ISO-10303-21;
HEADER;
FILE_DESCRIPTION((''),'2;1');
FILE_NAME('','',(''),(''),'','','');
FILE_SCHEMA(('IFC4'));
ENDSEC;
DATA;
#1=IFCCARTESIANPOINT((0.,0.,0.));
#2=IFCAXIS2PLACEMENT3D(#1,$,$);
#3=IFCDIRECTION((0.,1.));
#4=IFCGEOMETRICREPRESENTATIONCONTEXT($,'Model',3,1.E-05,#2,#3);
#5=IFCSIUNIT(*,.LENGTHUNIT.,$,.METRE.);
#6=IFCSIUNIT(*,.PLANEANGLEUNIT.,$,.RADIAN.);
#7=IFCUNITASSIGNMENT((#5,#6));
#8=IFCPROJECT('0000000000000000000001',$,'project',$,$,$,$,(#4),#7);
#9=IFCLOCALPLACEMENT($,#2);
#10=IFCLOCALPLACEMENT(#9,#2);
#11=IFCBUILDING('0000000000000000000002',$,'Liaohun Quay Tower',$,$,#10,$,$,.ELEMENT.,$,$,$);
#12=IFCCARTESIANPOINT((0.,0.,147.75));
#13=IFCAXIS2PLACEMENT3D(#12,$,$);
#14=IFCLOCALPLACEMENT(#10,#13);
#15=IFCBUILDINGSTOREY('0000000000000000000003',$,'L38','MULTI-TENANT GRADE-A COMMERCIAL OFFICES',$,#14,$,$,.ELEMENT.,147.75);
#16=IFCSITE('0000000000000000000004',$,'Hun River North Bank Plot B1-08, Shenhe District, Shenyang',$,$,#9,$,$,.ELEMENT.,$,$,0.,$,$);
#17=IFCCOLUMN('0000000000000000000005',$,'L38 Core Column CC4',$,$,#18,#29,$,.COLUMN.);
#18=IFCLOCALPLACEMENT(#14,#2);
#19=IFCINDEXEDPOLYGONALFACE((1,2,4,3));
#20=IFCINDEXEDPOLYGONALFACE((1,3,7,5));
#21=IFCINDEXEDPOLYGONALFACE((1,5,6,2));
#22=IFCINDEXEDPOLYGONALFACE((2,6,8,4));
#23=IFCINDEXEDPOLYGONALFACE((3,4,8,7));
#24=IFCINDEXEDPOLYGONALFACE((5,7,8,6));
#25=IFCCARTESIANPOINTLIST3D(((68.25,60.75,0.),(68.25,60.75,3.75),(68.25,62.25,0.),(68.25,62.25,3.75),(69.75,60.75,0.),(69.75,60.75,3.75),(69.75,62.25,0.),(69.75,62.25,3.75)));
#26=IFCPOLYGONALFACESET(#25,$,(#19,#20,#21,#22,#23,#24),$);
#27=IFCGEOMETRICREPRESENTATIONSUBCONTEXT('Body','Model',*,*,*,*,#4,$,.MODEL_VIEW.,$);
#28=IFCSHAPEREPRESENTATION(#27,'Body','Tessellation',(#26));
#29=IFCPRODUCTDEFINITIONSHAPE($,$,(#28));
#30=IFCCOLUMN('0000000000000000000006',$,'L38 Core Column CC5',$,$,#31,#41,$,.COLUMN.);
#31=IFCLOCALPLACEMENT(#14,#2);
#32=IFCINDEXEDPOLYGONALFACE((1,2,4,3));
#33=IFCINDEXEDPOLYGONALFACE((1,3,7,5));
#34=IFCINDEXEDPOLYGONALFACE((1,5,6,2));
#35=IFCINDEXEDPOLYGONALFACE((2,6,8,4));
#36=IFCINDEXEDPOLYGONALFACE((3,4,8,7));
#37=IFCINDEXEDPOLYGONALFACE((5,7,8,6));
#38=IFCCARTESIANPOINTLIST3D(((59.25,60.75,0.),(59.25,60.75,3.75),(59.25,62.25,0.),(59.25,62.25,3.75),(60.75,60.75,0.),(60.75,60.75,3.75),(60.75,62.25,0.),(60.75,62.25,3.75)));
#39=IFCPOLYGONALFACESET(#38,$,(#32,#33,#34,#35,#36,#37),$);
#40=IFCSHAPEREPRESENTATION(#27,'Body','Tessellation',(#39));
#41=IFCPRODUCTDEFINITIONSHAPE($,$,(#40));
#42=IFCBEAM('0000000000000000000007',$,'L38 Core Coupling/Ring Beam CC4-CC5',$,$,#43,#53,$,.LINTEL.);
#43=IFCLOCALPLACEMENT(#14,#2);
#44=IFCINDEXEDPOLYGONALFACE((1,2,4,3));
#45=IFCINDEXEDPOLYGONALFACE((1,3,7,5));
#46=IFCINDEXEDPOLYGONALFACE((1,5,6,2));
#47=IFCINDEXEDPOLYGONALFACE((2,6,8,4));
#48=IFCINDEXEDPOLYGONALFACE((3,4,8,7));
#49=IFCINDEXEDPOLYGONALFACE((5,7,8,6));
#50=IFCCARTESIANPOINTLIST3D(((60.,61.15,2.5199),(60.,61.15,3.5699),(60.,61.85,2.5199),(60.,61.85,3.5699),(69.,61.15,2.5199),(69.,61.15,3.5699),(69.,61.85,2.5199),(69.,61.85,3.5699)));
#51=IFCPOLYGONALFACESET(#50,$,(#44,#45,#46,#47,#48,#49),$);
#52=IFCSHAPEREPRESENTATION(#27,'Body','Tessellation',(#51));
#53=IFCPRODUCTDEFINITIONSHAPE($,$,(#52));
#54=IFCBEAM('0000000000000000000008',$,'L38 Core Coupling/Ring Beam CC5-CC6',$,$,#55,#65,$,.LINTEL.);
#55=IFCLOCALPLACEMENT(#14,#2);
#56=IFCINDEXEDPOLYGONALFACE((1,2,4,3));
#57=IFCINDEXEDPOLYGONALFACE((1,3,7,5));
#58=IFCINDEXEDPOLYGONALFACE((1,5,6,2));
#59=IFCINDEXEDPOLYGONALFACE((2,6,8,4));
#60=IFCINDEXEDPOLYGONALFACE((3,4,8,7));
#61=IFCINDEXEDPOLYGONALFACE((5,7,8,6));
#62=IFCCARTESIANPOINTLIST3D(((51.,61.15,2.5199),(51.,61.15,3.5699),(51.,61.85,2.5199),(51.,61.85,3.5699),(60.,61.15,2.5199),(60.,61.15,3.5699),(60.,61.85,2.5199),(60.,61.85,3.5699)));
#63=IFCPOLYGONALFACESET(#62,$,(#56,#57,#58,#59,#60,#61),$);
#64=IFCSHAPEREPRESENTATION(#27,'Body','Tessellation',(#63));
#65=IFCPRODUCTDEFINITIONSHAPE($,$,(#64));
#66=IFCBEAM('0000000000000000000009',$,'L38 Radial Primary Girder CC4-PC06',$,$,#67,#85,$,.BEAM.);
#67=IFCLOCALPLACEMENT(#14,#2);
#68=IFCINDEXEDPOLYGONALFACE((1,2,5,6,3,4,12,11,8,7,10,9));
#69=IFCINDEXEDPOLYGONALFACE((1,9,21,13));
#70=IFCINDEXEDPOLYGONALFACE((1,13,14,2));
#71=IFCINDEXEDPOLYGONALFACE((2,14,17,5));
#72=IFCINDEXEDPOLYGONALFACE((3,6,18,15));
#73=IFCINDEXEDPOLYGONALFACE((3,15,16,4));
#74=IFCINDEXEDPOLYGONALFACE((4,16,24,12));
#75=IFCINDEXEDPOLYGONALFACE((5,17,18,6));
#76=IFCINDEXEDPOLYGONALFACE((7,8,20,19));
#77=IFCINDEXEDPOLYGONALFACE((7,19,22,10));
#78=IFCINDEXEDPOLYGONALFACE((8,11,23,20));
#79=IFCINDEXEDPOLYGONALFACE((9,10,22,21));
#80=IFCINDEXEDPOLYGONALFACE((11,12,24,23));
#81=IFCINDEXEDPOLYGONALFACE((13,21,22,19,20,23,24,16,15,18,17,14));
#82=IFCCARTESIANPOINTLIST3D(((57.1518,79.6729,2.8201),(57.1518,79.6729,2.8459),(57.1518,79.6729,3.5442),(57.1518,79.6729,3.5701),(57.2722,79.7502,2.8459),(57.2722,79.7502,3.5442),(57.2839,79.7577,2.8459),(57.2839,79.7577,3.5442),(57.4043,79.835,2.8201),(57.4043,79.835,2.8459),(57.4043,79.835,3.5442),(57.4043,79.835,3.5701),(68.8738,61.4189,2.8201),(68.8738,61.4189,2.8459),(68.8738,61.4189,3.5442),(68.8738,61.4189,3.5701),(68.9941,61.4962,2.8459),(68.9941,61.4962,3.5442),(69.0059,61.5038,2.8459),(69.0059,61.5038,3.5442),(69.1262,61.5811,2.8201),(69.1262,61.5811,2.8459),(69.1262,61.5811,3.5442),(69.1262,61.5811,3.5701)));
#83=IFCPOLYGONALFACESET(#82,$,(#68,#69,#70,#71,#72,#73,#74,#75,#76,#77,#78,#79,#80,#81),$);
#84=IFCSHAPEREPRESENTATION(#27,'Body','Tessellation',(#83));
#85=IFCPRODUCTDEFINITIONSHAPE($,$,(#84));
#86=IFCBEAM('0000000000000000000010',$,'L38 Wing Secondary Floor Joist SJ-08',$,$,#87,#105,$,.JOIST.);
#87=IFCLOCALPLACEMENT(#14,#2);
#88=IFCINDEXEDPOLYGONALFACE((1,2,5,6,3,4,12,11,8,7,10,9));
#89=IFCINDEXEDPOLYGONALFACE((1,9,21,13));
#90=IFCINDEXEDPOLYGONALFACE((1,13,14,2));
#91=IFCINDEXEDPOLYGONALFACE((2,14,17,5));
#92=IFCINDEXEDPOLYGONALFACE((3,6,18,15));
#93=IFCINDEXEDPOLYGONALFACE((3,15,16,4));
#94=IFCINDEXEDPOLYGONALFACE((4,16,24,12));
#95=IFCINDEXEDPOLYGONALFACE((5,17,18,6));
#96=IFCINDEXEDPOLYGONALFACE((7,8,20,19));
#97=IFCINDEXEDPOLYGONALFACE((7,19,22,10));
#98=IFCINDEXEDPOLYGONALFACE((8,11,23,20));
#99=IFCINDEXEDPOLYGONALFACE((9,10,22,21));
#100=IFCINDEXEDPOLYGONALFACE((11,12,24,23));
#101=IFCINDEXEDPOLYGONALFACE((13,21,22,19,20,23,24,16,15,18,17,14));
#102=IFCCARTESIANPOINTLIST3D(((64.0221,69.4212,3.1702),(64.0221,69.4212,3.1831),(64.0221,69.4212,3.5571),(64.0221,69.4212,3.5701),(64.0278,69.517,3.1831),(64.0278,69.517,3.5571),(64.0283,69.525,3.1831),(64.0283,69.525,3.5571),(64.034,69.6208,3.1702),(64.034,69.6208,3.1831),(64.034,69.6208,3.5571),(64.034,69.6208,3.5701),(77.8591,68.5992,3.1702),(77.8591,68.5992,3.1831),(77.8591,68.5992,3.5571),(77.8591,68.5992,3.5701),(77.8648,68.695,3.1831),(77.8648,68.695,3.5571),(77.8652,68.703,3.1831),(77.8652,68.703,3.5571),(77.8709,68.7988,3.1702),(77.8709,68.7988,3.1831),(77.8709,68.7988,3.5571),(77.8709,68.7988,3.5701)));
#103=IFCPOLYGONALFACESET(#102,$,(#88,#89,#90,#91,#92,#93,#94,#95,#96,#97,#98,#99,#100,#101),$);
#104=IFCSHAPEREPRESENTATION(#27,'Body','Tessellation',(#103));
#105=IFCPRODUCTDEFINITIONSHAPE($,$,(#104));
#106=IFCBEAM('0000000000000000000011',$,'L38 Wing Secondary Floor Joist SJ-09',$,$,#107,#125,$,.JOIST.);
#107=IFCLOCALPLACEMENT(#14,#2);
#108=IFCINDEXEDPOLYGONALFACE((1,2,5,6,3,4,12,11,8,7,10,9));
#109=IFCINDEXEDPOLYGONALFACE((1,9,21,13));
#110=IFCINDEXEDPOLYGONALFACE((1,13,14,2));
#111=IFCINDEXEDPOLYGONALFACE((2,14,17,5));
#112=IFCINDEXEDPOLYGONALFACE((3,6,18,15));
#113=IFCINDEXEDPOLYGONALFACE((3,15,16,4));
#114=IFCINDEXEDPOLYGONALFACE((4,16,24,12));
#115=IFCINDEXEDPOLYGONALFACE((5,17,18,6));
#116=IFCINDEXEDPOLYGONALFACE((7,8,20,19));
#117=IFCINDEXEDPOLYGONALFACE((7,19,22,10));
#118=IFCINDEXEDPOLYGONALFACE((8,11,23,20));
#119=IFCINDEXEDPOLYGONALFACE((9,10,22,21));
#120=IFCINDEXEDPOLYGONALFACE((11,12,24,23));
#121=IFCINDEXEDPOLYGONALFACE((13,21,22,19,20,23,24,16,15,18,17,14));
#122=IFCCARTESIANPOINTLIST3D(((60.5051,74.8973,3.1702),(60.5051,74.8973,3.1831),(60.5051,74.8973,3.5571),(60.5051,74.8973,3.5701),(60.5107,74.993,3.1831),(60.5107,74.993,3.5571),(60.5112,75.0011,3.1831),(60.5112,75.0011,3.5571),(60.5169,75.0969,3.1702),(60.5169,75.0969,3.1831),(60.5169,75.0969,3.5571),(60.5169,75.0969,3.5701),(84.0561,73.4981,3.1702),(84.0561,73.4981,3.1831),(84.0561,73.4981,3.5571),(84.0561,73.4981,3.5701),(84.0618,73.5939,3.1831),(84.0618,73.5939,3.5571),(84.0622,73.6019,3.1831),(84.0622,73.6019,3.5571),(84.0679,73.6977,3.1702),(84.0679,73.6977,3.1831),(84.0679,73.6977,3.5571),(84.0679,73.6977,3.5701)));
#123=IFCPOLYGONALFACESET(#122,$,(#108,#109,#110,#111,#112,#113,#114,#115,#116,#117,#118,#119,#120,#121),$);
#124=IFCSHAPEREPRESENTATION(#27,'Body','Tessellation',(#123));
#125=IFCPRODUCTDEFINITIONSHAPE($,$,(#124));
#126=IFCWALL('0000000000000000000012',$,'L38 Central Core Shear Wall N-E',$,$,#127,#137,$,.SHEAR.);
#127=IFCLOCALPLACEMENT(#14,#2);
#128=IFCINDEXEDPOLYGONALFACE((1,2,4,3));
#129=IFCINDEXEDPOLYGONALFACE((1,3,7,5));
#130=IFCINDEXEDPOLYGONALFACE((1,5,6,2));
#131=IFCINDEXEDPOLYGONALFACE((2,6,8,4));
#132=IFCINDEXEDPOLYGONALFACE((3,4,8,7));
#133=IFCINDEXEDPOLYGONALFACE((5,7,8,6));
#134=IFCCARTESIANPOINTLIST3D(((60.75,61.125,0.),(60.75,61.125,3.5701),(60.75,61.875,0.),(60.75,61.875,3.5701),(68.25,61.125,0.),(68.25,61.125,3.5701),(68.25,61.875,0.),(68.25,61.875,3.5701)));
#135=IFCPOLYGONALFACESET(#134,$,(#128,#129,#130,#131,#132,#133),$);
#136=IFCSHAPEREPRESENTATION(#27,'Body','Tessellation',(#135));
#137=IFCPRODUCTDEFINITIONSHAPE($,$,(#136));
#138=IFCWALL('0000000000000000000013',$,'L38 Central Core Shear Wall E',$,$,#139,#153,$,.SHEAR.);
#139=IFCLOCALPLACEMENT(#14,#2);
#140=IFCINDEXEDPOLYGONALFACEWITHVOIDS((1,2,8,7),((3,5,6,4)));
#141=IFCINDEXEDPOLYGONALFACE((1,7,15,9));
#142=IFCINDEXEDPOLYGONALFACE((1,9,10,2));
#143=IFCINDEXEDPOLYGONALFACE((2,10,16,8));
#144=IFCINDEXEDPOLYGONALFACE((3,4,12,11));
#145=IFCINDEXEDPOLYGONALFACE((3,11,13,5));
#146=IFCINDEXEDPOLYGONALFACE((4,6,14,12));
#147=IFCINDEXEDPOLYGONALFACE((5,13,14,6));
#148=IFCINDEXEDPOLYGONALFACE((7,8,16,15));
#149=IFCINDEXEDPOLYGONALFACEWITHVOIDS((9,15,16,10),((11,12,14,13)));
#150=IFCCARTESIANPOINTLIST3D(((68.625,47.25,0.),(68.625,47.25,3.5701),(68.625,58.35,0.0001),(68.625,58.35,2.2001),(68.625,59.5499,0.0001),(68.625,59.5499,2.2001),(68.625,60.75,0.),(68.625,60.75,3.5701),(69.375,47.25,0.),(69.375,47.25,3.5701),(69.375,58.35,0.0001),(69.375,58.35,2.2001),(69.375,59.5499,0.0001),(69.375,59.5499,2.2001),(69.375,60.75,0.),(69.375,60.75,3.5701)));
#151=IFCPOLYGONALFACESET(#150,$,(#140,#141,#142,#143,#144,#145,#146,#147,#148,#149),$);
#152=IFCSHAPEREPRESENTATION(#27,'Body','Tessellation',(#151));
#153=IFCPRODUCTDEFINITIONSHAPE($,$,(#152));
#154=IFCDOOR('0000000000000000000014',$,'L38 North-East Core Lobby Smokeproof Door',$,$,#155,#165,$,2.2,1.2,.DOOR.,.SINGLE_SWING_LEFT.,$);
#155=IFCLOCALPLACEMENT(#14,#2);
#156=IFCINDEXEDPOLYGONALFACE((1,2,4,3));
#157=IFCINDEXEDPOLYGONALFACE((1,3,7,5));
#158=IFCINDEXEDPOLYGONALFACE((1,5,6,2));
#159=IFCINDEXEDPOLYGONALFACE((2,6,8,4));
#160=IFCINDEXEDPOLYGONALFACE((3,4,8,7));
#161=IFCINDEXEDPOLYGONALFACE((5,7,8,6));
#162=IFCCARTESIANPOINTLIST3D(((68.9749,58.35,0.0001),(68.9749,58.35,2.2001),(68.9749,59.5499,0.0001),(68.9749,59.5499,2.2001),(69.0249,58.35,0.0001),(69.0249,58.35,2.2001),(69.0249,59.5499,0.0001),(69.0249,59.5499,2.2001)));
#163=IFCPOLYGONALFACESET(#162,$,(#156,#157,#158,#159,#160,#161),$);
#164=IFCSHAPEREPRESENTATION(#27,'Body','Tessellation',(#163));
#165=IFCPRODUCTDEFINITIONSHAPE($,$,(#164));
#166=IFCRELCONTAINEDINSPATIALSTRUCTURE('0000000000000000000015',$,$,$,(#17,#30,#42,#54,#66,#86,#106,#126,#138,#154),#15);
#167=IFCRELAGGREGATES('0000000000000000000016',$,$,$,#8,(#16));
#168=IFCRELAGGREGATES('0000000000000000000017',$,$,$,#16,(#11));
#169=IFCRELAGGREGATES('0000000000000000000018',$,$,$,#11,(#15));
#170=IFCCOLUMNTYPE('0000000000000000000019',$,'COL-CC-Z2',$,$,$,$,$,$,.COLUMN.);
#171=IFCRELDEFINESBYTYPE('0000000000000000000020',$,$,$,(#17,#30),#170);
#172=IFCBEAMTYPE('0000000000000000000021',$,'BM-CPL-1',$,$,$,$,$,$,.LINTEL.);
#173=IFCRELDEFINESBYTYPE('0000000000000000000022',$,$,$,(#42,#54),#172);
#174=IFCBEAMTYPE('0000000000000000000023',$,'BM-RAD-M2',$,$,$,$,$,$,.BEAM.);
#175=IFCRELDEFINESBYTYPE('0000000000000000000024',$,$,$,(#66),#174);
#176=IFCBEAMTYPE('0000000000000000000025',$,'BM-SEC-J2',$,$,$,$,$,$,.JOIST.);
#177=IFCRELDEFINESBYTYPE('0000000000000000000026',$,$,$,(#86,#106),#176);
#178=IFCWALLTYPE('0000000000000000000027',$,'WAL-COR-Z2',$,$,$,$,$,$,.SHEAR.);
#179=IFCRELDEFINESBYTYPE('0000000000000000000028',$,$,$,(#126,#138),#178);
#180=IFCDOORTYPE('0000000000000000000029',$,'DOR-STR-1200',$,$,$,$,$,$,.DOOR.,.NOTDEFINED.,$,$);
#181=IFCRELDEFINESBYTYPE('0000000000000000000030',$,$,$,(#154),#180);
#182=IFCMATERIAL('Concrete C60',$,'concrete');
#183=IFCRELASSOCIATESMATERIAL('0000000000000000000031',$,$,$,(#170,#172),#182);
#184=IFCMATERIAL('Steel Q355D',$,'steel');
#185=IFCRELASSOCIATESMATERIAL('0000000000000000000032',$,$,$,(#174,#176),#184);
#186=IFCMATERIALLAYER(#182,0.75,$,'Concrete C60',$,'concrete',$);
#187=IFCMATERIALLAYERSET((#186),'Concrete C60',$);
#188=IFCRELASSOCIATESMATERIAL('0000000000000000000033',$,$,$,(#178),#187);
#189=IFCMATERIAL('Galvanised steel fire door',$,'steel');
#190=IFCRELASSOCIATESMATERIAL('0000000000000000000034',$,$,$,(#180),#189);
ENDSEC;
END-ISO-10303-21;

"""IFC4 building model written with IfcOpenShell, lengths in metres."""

from ifc_helpers import new_model, si_unit, direction, frame, frame_2d, origin, origin_2d, place, context, subcontext, project, spatial, rectangle, i_section, extrude, source, transform, mapped, material, layer, layer_set, material_profile, profile_set, type_object, element, fill, save


model = new_model("IFC4")

# Units and contexts
model_context = context("Model", 3, precision=1e-05, world=origin(), true_north=direction((0.0, 1.0)))
body_context = subcontext(model_context, "Body", "Model", "MODEL_VIEW")
ifc_project = project(units=[si_unit("LENGTHUNIT", "METRE"), si_unit("PLANEANGLEUNIT", "RADIAN")], contexts=[model_context])

# Site, building, storey
site_placement = place(None, origin())
site = spatial("IfcSite", under=ifc_project, at=site_placement, Name="Hun River North Bank Plot B1-08, Shenhe District, Shenyang", CompositionType="ELEMENT", RefElevation=0.0)
building_placement = place(site_placement, origin())
building = spatial("IfcBuilding", under=site, at=building_placement, Name="Liaohun Quay Tower", CompositionType="ELEMENT")
storey_placement = place(building_placement, frame((0.0, 0.0, 147.75)))
storey = spatial("IfcBuildingStorey", under=building, at=storey_placement, Name="L38", Description="MULTI-TENANT GRADE-A COMMERCIAL OFFICES", CompositionType="ELEMENT", Elevation=147.75)

# Columns
ifc_material_1 = material(Name="Concrete C60", Category="concrete")
ifc_material_profile_1 = material_profile(ifc_material_1, rectangle(XDim=1.5, YDim=1.5, at=origin_2d()), Name="RC1500x1500")
ifc_profile_set_1 = profile_set([ifc_material_profile_1], Name="Concrete C60")
column_type = type_object("IfcColumnType", Name="COL-CC-Z2", PredefinedType="COLUMN", material=ifc_profile_set_1)
shared_shape_1 = source(origin(), body_context, "Body", "SweptSolid", [
    extrude(rectangle(XDim=1.5, YDim=1.5, at=origin_2d()), origin(), (0.0, 0.0, 1.0), 3.75),
])
for number, where, z_axis, x_axis, name in (
    (1, (69.0, 61.5, 0.0), (0.0, 0.0, 1.0), (1.0, 0.0, 0.0), "L38 Core Column CC4"),
    (2, (60.0, 61.5, 0.0), (0.0, 0.0, 1.0), (1.0, 0.0, 0.0), "L38 Core Column CC5"),
):
    element("IfcColumn", number, at=place(storey_placement, frame(where, z_axis=z_axis, x_axis=x_axis)), inside=storey, type_object=column_type, Name=name, PredefinedType="COLUMN", context=body_context, shape_type="MappedRepresentation", body=[
        mapped(shared_shape_1, transform((0.0, 0.0, 0.0), x_axis=(1.0, 0.0, 0.0), y_axis=(0.0, 1.0, 0.0), z_axis=(0.0, 0.0, 1.0), scale=1.0)),
    ])

# Beams
ifc_material_profile_2 = material_profile(ifc_material_1, rectangle(XDim=0.7, YDim=1.05, at=origin_2d()), Name="RC700x1050")
ifc_profile_set_2 = profile_set([ifc_material_profile_2], Name="Concrete C60")
beam_type_1 = type_object("IfcBeamType", Name="BM-CPL-1", PredefinedType="LINTEL", material=ifc_profile_set_2)
shared_shape_2 = source(origin(), body_context, "Body", "SweptSolid", [
    extrude(rectangle(XDim=0.7, YDim=1.05, at=origin_2d()), origin(), (0.0, 0.0, 1.0), 9.0),
])
for number, where, z_axis, x_axis, name in (
    (3, (69.0, 61.5, 3.0449), (-1.0, 0.0, 0.0), (0.0, -1.0, 0.0), "L38 Core Coupling/Ring Beam CC4-CC5"),
    (4, (60.0, 61.5, 3.0449), (-1.0, 0.0, 0.0), (0.0, -1.0, 0.0), "L38 Core Coupling/Ring Beam CC5-CC6"),
):
    element("IfcBeam", number, at=place(storey_placement, frame(where, z_axis=z_axis, x_axis=x_axis)), inside=storey, type_object=beam_type_1, Name=name, PredefinedType="LINTEL", context=body_context, shape_type="MappedRepresentation", body=[
        mapped(shared_shape_2, transform((0.0, 0.0, 0.0), x_axis=(1.0, 0.0, 0.0), y_axis=(0.0, 1.0, 0.0), z_axis=(0.0, 0.0, 1.0), scale=1.0)),
    ])
ifc_material_2 = material(Name="Steel Q355D", Category="steel")
ifc_material_profile_3 = material_profile(ifc_material_2, i_section(OverallWidth=0.3, OverallDepth=0.75, WebThickness=0.0139, FlangeThickness=0.0259, at=origin_2d()), Name="HN750x300x14x26")
ifc_profile_set_3 = profile_set([ifc_material_profile_3], Name="Steel Q355D")
beam_type_2 = type_object("IfcBeamType", Name="BM-RAD-M2", PredefinedType="BEAM", material=ifc_profile_set_3)
shared_shape_3 = source(origin(), body_context, "Body", "SweptSolid", [
    extrude(i_section(OverallWidth=0.3, OverallDepth=0.75, WebThickness=0.0139, FlangeThickness=0.0259, at=origin_2d()), origin(), (0.0, 0.0, 1.0), 21.6936),
])
beam_1_placement = place(storey_placement, frame((69.0, 61.5, 3.1951), z_axis=(-0.540342, 0.841445, 0.0), x_axis=(-0.841445, -0.540342, 0.0)))
element("IfcBeam", 5, at=beam_1_placement, inside=storey, type_object=beam_type_2, Name="L38 Radial Primary Girder CC4-PC06", PredefinedType="BEAM", context=body_context, shape_type="MappedRepresentation", body=[
    mapped(shared_shape_3, transform((0.0, 0.0, 0.0), x_axis=(1.0, 0.0, 0.0), y_axis=(0.0, 1.0, 0.0), z_axis=(0.0, 0.0, 1.0), scale=1.0)),
])
ifc_material_profile_4 = material_profile(ifc_material_2, i_section(OverallWidth=0.2, OverallDepth=0.3999, WebThickness=0.0081, FlangeThickness=0.0129, at=origin_2d()), Name="HN400x200x8x13")
ifc_profile_set_4 = profile_set([ifc_material_profile_4], Name="Steel Q355D")
beam_type_3 = type_object("IfcBeamType", Name="BM-SEC-J2", PredefinedType="JOIST", material=ifc_profile_set_4)
shared_shape_4 = source(origin(), body_context, "Body", "SweptSolid", [
    extrude(i_section(OverallWidth=0.2, OverallDepth=0.3999, WebThickness=0.0081, FlangeThickness=0.0129, at=origin_2d()), origin(), (0.0, 0.0, 1.0), 13.8613),
])
beam_2_placement = place(storey_placement, frame((64.0281, 69.521, 3.3701), z_axis=(0.99824, -0.059303, 0.0), x_axis=(0.059303, 0.99824, 0.0)))
element("IfcBeam", 6, at=beam_2_placement, inside=storey, type_object=beam_type_3, Name="L38 Wing Secondary Floor Joist SJ-08", PredefinedType="JOIST", context=body_context, shape_type="MappedRepresentation", body=[
    mapped(shared_shape_4, transform((0.0, 0.0, 0.0), x_axis=(1.0, 0.0, 0.0), y_axis=(0.0, 1.0, 0.0), z_axis=(0.0, 0.0, 1.0), scale=1.0)),
])
shared_shape_5 = source(origin(), body_context, "Body", "SweptSolid", [
    extrude(i_section(OverallWidth=0.2, OverallDepth=0.3999, WebThickness=0.0081, FlangeThickness=0.0129, at=origin_2d()), origin(), (0.0, 0.0, 1.0), 23.5925),
])
beam_3_placement = place(storey_placement, frame((60.511, 74.9971, 3.3701), z_axis=(0.99824, -0.059306, 0.0), x_axis=(0.059306, 0.99824, 0.0)))
element("IfcBeam", 7, at=beam_3_placement, inside=storey, type_object=beam_type_3, Name="L38 Wing Secondary Floor Joist SJ-09", PredefinedType="JOIST", context=body_context, shape_type="MappedRepresentation", body=[
    mapped(shared_shape_5, transform((0.0, 0.0, 0.0), x_axis=(1.0, 0.0, 0.0), y_axis=(0.0, 1.0, 0.0), z_axis=(0.0, 0.0, 1.0), scale=1.0)),
])

# Wall
ifc_layer_1 = layer(ifc_material_1, 0.75, Name="Concrete C60", Category="concrete")
ifc_layer_set_1 = layer_set([ifc_layer_1], Name="Concrete C60")
wall_type_1 = type_object("IfcWallType", Name="WAL-COR-Z2", PredefinedType="SHEAR", material=ifc_layer_set_1)
wall_1_placement = place(storey_placement, frame((60.75, 61.5, 0.0), z_axis=(0.0, 0.0, 1.0), x_axis=(1.0, 0.0, 0.0)))
element("IfcWall", 8, at=wall_1_placement, inside=storey, type_object=wall_type_1, Name="L38 Central Core Shear Wall N-E", PredefinedType="SHEAR", context=body_context, shape_type="SweptSolid", body=[
    extrude(rectangle(XDim=7.5, YDim=0.75, at=frame_2d((3.75, 0.0))), origin(), (0.0, 0.0, 1.0), 3.5701),
])

# Wall, opening, door
wall_2_placement = place(storey_placement, frame((69.0, 60.75, 0.0), z_axis=(0.0, 0.0, 1.0), x_axis=(0.0, -1.0, 0.0)))
wall_2 = element("IfcWall", 9, at=wall_2_placement, inside=storey, type_object=wall_type_1, Name="L38 Central Core Shear Wall E", PredefinedType="SHEAR", context=body_context, shape_type="SweptSolid", body=[
    extrude(rectangle(XDim=13.5, YDim=0.75, at=frame_2d((6.75, 0.0))), origin(), (0.0, 0.0, 1.0), 3.5701),
])
shared_shape_6 = source(origin(), body_context, "Body", "SweptSolid", [
    extrude(rectangle(XDim=1.2, YDim=2.2, at=frame_2d((0.6001, 1.1001))), frame((0.0, 0.385, 0.0), z_axis=(0.0, -1.0, 0.0), x_axis=(1.0, 0.0, 0.0)), (0.0, 0.0, 1.0), 0.77),
])
opening_1_placement = place(wall_2_placement, frame((1.2, 0.0, 0.0)))
opening_1 = element("IfcOpeningElement", 10, at=opening_1_placement, cuts=wall_2, PredefinedType="OPENING", context=body_context, shape_type="MappedRepresentation", body=[
    mapped(shared_shape_6, transform((0.0, 0.0, 0.0), x_axis=(1.0, 0.0, 0.0), y_axis=(0.0, 1.0, 0.0), z_axis=(0.0, 0.0, 1.0), scale=1.0)),
])
ifc_material_3 = material(Name="Galvanised steel fire door", Category="steel")
door_type_1 = type_object("IfcDoorType", Name="DOR-STR-1200", OperationType="NOTDEFINED", PredefinedType="DOOR", material=ifc_material_3)
shared_shape_7 = source(origin(), body_context, "Body", "SweptSolid", [
    extrude(rectangle(XDim=1.2, YDim=2.2, at=frame_2d((0.6001, 1.1001))), frame((0.0, 0.0249, 0.0), z_axis=(0.0, -1.0, 0.0), x_axis=(1.0, 0.0, 0.0)), (0.0, 0.0, 1.0), 0.05),
])
door_1_placement = place(opening_1_placement, origin())
door_1 = element("IfcDoor", 11, at=door_1_placement, inside=storey, type_object=door_type_1, Name="L38 North-East Core Lobby Smokeproof Door", OperationType="SINGLE_SWING_LEFT", OverallHeight=2.2, OverallWidth=1.2, PredefinedType="DOOR", context=body_context, shape_type="MappedRepresentation", body=[
    mapped(shared_shape_7, transform((0.0, 0.0, 0.0), x_axis=(1.0, 0.0, 0.0), y_axis=(0.0, 1.0, 0.0), z_axis=(0.0, 0.0, 1.0), scale=1.0)),
])
fill(opening_1, door_1)

save(model, "model.ifc")
